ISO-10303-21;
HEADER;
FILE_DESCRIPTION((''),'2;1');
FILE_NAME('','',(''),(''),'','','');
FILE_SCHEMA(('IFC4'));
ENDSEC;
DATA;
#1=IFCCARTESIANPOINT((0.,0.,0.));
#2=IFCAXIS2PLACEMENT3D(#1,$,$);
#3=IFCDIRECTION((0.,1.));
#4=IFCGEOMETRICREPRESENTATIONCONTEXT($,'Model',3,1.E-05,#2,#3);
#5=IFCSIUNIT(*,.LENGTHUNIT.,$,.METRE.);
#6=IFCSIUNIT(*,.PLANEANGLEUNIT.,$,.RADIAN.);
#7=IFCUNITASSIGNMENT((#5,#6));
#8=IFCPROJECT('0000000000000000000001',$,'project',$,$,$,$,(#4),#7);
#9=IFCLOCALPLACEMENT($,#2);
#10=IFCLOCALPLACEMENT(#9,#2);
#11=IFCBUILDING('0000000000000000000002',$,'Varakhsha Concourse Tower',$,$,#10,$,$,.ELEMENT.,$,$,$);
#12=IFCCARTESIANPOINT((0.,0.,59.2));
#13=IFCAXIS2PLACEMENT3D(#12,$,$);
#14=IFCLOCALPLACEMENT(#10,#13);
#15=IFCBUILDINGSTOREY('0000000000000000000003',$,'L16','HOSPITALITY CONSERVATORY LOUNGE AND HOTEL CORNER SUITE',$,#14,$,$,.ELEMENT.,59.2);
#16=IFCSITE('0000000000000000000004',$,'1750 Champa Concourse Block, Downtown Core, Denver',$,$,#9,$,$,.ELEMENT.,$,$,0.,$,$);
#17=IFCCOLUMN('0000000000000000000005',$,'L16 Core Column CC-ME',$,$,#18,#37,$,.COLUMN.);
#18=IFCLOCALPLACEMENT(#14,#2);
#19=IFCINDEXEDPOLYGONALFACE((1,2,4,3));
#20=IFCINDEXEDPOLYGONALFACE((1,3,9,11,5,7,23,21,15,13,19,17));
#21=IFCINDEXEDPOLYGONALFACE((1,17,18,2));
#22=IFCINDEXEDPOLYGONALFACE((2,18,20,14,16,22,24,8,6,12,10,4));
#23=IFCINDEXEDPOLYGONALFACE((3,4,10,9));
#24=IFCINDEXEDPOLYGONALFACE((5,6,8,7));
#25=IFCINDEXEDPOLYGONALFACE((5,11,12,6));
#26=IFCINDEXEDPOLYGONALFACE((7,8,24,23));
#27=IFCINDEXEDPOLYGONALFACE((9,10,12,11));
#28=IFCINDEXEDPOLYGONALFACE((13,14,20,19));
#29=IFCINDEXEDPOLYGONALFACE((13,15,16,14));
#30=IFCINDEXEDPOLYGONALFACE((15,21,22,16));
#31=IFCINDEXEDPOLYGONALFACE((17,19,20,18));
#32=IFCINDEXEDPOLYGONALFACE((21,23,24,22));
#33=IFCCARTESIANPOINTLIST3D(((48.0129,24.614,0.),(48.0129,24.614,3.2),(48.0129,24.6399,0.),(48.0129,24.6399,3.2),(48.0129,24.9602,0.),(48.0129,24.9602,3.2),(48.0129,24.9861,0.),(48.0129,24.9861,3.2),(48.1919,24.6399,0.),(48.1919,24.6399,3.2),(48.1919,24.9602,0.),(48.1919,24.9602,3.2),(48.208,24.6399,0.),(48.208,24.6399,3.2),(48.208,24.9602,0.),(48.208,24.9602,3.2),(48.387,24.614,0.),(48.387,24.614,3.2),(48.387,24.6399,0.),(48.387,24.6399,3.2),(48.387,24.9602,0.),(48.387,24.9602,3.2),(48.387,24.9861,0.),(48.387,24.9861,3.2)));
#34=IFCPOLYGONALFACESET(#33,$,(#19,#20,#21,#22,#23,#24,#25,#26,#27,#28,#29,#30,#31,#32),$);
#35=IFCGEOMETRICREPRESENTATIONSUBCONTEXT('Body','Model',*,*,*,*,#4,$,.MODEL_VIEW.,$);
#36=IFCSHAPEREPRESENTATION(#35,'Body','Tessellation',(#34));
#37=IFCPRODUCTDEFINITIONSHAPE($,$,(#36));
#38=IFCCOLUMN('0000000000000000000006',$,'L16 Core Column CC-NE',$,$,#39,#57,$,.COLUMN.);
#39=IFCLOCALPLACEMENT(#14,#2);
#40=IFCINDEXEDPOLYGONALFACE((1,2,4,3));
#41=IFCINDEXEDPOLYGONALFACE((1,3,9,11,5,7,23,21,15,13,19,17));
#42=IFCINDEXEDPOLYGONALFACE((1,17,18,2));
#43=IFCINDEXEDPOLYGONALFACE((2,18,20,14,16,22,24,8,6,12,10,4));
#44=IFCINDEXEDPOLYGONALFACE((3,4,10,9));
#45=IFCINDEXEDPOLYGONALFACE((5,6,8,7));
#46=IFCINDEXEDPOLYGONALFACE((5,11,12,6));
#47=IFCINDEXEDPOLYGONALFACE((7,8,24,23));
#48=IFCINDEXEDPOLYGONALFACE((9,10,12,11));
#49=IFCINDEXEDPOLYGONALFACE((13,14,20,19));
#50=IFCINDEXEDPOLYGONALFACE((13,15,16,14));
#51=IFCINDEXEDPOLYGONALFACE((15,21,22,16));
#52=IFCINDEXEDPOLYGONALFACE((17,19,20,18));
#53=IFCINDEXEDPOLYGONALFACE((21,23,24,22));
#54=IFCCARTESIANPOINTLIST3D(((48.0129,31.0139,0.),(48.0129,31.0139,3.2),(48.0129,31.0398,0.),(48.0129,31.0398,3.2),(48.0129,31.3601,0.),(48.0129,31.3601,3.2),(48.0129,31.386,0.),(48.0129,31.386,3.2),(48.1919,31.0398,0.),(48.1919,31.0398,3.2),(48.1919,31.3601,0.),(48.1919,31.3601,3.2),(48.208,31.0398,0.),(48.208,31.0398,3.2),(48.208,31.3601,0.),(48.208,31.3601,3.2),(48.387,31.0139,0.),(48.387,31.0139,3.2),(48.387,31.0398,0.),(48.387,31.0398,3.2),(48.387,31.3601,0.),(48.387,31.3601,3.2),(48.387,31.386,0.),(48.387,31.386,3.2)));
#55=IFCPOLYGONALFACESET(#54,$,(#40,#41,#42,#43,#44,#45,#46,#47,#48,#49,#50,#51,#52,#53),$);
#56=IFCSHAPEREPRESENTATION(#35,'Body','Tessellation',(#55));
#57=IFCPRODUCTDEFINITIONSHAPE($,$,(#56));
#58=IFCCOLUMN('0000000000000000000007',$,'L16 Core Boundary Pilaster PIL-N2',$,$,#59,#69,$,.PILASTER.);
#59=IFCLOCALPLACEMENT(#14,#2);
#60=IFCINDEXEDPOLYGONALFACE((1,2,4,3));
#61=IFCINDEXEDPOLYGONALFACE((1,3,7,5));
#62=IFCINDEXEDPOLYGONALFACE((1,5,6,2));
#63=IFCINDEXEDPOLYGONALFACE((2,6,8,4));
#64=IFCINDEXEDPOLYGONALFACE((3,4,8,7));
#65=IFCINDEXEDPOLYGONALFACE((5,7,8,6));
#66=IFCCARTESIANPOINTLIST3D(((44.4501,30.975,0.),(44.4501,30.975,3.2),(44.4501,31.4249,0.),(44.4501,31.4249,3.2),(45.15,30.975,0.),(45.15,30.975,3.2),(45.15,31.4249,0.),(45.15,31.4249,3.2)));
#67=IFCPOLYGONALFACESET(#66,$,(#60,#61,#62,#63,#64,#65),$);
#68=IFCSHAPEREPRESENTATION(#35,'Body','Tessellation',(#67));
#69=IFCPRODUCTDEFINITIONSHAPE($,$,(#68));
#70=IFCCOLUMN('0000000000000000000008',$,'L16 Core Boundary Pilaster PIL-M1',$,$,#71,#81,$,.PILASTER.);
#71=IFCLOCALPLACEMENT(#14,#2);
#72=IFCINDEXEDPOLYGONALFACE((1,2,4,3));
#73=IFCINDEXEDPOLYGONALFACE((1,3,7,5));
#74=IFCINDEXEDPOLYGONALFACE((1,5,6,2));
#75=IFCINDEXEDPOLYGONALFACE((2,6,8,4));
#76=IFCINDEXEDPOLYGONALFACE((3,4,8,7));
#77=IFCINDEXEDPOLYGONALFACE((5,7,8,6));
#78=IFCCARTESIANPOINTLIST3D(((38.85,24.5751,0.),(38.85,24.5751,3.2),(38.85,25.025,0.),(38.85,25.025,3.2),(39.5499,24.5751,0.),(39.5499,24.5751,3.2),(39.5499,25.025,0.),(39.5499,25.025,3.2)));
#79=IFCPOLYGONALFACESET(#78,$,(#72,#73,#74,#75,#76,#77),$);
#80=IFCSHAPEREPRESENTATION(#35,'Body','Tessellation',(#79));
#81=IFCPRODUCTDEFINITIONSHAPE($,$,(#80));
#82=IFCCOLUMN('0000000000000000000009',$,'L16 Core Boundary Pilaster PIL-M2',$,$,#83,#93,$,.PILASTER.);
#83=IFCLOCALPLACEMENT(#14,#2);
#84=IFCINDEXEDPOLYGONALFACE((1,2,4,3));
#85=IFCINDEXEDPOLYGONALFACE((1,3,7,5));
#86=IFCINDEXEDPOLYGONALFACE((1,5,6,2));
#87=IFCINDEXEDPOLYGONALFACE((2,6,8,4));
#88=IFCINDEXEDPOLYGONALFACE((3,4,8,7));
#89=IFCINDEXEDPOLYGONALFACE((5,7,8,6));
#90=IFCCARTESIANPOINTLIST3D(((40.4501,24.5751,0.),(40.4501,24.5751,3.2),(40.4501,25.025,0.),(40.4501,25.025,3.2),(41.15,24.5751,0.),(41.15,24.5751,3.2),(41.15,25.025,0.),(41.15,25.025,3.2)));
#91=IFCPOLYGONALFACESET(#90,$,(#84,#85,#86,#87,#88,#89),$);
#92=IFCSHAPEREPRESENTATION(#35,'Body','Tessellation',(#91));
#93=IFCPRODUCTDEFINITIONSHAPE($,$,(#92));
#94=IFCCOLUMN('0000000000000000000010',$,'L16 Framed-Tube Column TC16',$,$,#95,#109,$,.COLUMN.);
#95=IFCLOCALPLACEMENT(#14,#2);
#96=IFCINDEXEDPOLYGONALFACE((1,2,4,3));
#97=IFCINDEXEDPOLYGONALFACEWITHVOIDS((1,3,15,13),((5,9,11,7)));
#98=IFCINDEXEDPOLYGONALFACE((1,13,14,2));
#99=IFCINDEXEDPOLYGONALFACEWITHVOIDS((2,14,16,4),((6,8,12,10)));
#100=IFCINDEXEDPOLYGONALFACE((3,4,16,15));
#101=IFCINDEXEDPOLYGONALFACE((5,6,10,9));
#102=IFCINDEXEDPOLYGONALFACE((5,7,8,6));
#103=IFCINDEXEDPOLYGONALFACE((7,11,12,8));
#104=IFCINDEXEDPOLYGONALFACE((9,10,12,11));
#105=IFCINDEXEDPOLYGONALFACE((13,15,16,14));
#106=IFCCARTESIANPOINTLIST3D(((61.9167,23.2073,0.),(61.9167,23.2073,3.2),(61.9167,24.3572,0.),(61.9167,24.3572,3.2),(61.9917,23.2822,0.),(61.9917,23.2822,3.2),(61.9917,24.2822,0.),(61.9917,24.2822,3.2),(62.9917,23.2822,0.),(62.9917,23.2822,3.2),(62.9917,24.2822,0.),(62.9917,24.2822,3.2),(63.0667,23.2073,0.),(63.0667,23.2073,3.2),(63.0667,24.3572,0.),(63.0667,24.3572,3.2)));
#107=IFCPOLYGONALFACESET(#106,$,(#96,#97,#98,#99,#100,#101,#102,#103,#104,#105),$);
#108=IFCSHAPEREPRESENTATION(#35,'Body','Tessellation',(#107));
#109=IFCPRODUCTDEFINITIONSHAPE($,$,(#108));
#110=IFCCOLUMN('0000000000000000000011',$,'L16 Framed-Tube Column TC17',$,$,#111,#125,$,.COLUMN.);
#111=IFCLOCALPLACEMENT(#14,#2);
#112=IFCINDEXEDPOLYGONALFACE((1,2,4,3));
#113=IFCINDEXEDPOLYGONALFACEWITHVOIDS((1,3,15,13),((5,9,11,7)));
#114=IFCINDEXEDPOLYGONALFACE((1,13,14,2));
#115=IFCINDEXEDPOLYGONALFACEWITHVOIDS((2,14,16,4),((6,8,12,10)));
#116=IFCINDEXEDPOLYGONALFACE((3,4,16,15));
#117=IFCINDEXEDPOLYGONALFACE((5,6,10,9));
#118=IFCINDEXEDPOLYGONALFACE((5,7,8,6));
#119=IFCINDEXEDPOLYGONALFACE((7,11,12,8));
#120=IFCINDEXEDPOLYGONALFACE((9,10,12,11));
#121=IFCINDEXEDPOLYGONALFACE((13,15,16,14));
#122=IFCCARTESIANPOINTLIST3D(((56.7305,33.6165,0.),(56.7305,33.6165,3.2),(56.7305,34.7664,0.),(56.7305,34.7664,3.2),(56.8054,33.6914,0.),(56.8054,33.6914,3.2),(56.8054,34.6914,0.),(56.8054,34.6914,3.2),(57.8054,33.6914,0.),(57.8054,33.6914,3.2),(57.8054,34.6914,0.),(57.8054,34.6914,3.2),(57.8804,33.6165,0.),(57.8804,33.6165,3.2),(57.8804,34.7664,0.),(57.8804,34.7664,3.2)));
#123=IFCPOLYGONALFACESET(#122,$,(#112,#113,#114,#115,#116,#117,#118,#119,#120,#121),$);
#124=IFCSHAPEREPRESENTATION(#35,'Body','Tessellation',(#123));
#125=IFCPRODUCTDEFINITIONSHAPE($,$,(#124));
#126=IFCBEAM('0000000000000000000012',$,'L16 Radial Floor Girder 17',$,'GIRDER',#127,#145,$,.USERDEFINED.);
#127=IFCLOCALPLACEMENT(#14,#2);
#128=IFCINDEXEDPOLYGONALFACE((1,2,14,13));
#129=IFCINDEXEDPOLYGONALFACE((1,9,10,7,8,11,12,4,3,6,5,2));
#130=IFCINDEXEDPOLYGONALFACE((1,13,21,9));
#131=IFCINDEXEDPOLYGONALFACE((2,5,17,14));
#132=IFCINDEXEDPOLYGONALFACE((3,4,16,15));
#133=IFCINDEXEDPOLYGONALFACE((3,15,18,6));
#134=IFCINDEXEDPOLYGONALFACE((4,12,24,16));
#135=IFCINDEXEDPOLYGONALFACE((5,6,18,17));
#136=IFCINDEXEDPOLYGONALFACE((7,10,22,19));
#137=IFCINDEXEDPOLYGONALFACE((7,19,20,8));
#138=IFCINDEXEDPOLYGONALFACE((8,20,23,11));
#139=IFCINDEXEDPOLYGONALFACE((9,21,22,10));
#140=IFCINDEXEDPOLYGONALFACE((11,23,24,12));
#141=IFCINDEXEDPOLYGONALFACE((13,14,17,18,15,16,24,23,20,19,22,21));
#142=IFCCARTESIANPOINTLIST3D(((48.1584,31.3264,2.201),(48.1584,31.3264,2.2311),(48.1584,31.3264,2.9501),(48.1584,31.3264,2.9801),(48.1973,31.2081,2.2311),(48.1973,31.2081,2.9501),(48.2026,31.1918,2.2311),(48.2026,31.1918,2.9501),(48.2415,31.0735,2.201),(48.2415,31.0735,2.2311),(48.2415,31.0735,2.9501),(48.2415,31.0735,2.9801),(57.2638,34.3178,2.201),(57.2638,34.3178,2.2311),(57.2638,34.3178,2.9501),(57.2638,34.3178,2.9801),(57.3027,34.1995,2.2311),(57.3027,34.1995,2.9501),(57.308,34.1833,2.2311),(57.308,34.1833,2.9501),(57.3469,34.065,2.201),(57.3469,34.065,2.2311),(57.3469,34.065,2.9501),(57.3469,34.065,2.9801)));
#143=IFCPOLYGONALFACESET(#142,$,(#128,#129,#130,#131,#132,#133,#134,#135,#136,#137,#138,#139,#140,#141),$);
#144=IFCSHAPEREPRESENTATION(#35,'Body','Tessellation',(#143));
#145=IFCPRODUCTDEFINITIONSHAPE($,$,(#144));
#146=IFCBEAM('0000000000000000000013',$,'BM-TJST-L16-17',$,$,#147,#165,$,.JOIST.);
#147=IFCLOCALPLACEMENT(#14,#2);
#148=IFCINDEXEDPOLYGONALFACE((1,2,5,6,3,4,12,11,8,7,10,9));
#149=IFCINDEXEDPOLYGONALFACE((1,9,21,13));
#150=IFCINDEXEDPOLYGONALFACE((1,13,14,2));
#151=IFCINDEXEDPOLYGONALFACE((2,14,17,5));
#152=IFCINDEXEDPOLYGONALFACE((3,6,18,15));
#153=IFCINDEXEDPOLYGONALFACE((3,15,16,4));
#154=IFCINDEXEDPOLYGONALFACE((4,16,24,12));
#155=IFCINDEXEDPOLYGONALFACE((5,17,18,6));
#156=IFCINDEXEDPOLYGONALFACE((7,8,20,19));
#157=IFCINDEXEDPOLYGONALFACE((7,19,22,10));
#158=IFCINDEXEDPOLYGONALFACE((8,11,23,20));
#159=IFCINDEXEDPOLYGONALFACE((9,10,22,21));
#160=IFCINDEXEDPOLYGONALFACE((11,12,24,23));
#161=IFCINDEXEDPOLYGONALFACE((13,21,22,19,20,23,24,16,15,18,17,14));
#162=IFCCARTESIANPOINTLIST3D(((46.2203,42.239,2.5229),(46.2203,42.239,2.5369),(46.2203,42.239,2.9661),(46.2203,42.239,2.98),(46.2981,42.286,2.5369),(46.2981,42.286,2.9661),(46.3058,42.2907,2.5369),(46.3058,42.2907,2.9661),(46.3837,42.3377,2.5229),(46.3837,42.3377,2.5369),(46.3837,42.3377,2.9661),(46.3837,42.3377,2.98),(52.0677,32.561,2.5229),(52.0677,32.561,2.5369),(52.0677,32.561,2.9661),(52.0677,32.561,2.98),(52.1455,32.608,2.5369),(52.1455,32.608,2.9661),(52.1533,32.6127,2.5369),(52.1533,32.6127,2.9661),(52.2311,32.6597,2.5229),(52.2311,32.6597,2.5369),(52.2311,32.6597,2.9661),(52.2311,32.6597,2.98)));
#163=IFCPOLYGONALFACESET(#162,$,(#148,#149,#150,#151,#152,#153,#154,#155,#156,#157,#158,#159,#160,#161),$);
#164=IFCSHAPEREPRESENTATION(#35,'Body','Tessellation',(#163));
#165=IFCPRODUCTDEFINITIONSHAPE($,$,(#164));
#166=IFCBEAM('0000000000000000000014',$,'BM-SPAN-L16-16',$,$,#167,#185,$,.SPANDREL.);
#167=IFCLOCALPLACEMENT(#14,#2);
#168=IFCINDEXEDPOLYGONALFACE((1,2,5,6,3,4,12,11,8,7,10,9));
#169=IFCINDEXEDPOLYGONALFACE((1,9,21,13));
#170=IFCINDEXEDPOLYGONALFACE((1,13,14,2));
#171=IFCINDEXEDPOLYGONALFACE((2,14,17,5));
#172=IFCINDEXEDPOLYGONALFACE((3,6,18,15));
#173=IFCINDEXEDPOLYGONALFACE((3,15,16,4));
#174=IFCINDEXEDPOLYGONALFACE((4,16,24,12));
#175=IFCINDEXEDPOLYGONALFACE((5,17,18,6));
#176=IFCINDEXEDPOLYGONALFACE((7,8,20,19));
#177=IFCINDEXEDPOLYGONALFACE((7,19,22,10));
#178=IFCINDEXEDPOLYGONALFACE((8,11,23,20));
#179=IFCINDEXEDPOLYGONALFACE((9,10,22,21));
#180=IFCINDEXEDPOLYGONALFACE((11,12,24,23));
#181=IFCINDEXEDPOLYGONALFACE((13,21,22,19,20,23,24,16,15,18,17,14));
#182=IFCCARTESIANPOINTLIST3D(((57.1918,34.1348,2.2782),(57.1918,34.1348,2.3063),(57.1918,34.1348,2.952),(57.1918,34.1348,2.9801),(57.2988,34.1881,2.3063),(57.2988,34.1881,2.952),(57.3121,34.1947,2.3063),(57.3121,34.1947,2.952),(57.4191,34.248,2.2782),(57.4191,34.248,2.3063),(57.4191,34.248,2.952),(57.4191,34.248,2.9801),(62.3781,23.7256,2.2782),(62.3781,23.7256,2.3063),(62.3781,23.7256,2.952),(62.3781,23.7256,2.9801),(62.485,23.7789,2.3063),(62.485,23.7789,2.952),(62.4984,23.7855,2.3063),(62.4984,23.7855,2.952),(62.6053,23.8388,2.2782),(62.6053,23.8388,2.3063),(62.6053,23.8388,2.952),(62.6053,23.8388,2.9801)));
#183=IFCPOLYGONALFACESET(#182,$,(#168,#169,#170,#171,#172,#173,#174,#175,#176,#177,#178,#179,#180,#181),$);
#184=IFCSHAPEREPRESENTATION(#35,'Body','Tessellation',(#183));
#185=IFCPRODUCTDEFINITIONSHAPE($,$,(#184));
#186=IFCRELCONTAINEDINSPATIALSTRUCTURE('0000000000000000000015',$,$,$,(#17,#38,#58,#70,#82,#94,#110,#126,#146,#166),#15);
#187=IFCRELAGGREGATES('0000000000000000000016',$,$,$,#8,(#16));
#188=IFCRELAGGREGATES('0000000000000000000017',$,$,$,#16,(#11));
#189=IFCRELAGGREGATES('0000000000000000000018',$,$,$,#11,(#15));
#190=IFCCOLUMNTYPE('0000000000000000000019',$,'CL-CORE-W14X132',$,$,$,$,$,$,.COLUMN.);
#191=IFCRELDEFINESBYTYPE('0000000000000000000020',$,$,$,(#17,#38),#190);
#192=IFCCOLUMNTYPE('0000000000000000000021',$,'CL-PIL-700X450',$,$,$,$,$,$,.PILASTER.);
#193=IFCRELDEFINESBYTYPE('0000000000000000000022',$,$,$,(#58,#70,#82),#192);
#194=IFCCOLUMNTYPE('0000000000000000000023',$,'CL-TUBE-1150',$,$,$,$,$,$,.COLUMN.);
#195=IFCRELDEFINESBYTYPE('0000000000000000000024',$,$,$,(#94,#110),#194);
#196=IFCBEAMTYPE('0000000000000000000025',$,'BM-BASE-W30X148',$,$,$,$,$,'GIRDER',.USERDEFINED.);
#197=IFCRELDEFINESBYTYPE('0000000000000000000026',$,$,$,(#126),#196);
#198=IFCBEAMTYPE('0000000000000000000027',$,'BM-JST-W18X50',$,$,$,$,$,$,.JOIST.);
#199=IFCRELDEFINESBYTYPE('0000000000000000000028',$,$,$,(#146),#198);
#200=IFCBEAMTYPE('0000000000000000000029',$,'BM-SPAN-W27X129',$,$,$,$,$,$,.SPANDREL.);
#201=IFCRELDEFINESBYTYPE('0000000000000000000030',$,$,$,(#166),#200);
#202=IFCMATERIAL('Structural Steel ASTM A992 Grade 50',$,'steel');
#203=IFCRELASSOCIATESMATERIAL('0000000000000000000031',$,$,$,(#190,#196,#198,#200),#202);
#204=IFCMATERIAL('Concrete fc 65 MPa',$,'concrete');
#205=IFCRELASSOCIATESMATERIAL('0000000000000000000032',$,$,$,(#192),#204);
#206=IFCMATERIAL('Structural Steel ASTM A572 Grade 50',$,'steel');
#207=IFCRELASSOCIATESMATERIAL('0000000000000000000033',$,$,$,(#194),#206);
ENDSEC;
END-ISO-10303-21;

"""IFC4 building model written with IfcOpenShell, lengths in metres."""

from ifc_helpers import new_model, si_unit, direction, frame, origin, origin_2d, place, context, subcontext, project, spatial, rectangle, hollow_rectangle, i_section, extrude, material, material_profile, profile_set, type_object, element, save


model = new_model("IFC4")

# Units and contexts
model_context = context("Model", 3, precision=1e-05, world=origin(), true_north=direction((0.0, 1.0)))
body_context = subcontext(model_context, "Body", "Model", "MODEL_VIEW")
ifc_project = project(units=[si_unit("LENGTHUNIT", "METRE"), si_unit("PLANEANGLEUNIT", "RADIAN")], contexts=[model_context])

# Site, building, storey
site_placement = place(None, origin())
site = spatial("IfcSite", under=ifc_project, at=site_placement, Name="1750 Champa Concourse Block, Downtown Core, Denver", CompositionType="ELEMENT", RefElevation=0.0)
building_placement = place(site_placement, origin())
building = spatial("IfcBuilding", under=site, at=building_placement, Name="Varakhsha Concourse Tower", CompositionType="ELEMENT")
storey_placement = place(building_placement, frame((0.0, 0.0, 59.2)))
storey = spatial("IfcBuildingStorey", under=building, at=storey_placement, Name="L16", Description="HOSPITALITY CONSERVATORY LOUNGE AND HOTEL CORNER SUITE", CompositionType="ELEMENT", Elevation=59.2)

# Columns
ifc_material_1 = material(Name="Structural Steel ASTM A992 Grade 50", Category="steel")
ifc_material_profile_1 = material_profile(ifc_material_1, i_section(OverallWidth=0.374, OverallDepth=0.3721, WebThickness=0.0161, FlangeThickness=0.0259, at=origin_2d()), Name="W14X132")
ifc_profile_set_1 = profile_set([ifc_material_profile_1], Name="Structural Steel ASTM A992 Grade 50")
column_type_1 = type_object("IfcColumnType", Name="CL-CORE-W14X132", PredefinedType="COLUMN", material=ifc_profile_set_1)
for number, where, z_axis, x_axis, name in (
    (1, (48.2, 24.8, 0.0), (0.0, 0.0, 1.0), (1.0, 0.0, 0.0), "L16 Core Column CC-ME"),
    (2, (48.2, 31.2, 0.0), (0.0, 0.0, 1.0), (1.0, 0.0, 0.0), "L16 Core Column CC-NE"),
):
    element("IfcColumn", number, at=place(storey_placement, frame(where, z_axis=z_axis, x_axis=x_axis)), inside=storey, type_object=column_type_1, Name=name, PredefinedType="COLUMN", context=body_context, shape_type="SweptSolid", body=[
        extrude(i_section(OverallWidth=0.374, OverallDepth=0.3721, WebThickness=0.0161, FlangeThickness=0.0259, at=origin_2d()), origin(), (0.0, 0.0, 1.0), 3.2),
    ])
ifc_material_2 = material(Name="Concrete fc 65 MPa", Category="concrete")
ifc_material_profile_2 = material_profile(ifc_material_2, rectangle(XDim=0.7, YDim=0.45, at=origin_2d()), Name="RC 700x450")
ifc_profile_set_2 = profile_set([ifc_material_profile_2], Name="Concrete fc 65 MPa")
column_type_2 = type_object("IfcColumnType", Name="CL-PIL-700X450", PredefinedType="PILASTER", material=ifc_profile_set_2)
for number, where, z_axis, x_axis, name in (
    (3, (44.8, 31.2, 0.0), (0.0, 0.0, 1.0), (1.0, 0.0, 0.0), "L16 Core Boundary Pilaster PIL-N2"),
    (4, (39.2, 24.8, 0.0), (0.0, 0.0, 1.0), (1.0, 0.0, 0.0), "L16 Core Boundary Pilaster PIL-M1"),
    (5, (40.8, 24.8, 0.0), (0.0, 0.0, 1.0), (1.0, 0.0, 0.0), "L16 Core Boundary Pilaster PIL-M2"),
):
    element("IfcColumn", number, at=place(storey_placement, frame(where, z_axis=z_axis, x_axis=x_axis)), inside=storey, type_object=column_type_2, Name=name, PredefinedType="PILASTER", context=body_context, shape_type="SweptSolid", body=[
        extrude(rectangle(XDim=0.7, YDim=0.45, at=origin_2d()), origin(), (0.0, 0.0, 1.0), 3.2),
    ])
ifc_material_3 = material(Name="Structural Steel ASTM A572 Grade 50", Category="steel")
ifc_material_profile_3 = material_profile(ifc_material_3, hollow_rectangle(XDim=1.1499, YDim=1.1499, WallThickness=0.075, at=origin_2d()), Name="BOX 1150x1150x75")
ifc_profile_set_3 = profile_set([ifc_material_profile_3], Name="Structural Steel ASTM A572 Grade 50")
column_type_3 = type_object("IfcColumnType", Name="CL-TUBE-1150", PredefinedType="COLUMN", material=ifc_profile_set_3)
for number, where, z_axis, x_axis, name in (
    (6, (62.4917, 23.7822, 0.0), (0.0, 0.0, 1.0), (1.0, 0.0, 0.0), "L16 Framed-Tube Column TC16"),
    (7, (57.3054, 34.1914, 0.0), (0.0, 0.0, 1.0), (1.0, 0.0, 0.0), "L16 Framed-Tube Column TC17"),
):
    element("IfcColumn", number, at=place(storey_placement, frame(where, z_axis=z_axis, x_axis=x_axis)), inside=storey, type_object=column_type_3, Name=name, PredefinedType="COLUMN", context=body_context, shape_type="SweptSolid", body=[
        extrude(hollow_rectangle(XDim=1.1499, YDim=1.1499, WallThickness=0.075, at=origin_2d()), origin(), (0.0, 0.0, 1.0), 3.2),
    ])

# Beams
ifc_material_profile_4 = material_profile(ifc_material_1, i_section(OverallWidth=0.2661, OverallDepth=0.7791, WebThickness=0.0171, FlangeThickness=0.03, at=origin_2d()), Name="W30X148")
ifc_profile_set_4 = profile_set([ifc_material_profile_4], Name="Structural Steel ASTM A992 Grade 50")
beam_type_1 = type_object("IfcBeamType", Name="BM-BASE-W30X148", ElementType="GIRDER", PredefinedType="USERDEFINED", material=ifc_profile_set_4)
beam_1_placement = place(storey_placement, frame((48.2, 31.2, 2.5906), z_axis=(0.950042, 0.312121, 0.0), x_axis=(-0.312121, 0.950042, 0.0)))
element("IfcBeam", 8, at=beam_1_placement, inside=storey, type_object=beam_type_1, Name="L16 Radial Floor Girder 17", ObjectType="GIRDER", PredefinedType="USERDEFINED", context=body_context, shape_type="SweptSolid", body=[
    extrude(i_section(OverallWidth=0.2661, OverallDepth=0.7791, WebThickness=0.0171, FlangeThickness=0.03, at=origin_2d()), origin(), (0.0, 0.0, 1.0), 9.5842),
])
ifc_material_profile_5 = material_profile(ifc_material_1, i_section(OverallWidth=0.1909, OverallDepth=0.457, WebThickness=0.009, FlangeThickness=0.0139, at=origin_2d()), Name="W18X50")
ifc_profile_set_5 = profile_set([ifc_material_profile_5], Name="Structural Steel ASTM A992 Grade 50")
beam_type_2 = type_object("IfcBeamType", Name="BM-JST-W18X50", PredefinedType="JOIST", material=ifc_profile_set_5)
beam_2_placement = place(storey_placement, frame((52.1494, 32.6104, 2.7515), z_axis=(-0.517135, 0.855904, 0.0), x_axis=(-0.855904, -0.517135, 0.0)))
element("IfcBeam", 9, at=beam_2_placement, inside=storey, type_object=beam_type_2, Name="BM-TJST-L16-17", PredefinedType="JOIST", context=body_context, shape_type="SweptSolid", body=[
    extrude(i_section(OverallWidth=0.1909, OverallDepth=0.457, WebThickness=0.009, FlangeThickness=0.0139, at=origin_2d()), origin(), (0.0, 0.0, 1.0), 11.3074),
])
ifc_material_profile_6 = material_profile(ifc_material_1, i_section(OverallWidth=0.2539, OverallDepth=0.7019, WebThickness=0.0149, FlangeThickness=0.0281, at=origin_2d()), Name="W27X129")
ifc_profile_set_6 = profile_set([ifc_material_profile_6], Name="Structural Steel ASTM A992 Grade 50")
beam_type_3 = type_object("IfcBeamType", Name="BM-SPAN-W27X129", PredefinedType="SPANDREL", material=ifc_profile_set_6)
for number, where, z_axis, x_axis, name in (
    (10, (62.4917, 23.7822, 2.6292), (-0.445954, 0.895056, 0.0), (-0.895056, -0.445954, 0.0), "BM-SPAN-L16-16"),
):
    element("IfcBeam", number, at=place(storey_placement, frame(where, z_axis=z_axis, x_axis=x_axis)), inside=storey, type_object=beam_type_3, Name=name, PredefinedType="SPANDREL", context=body_context, shape_type="SweptSolid", body=[
        extrude(i_section(OverallWidth=0.2539, OverallDepth=0.7019, WebThickness=0.0149, FlangeThickness=0.0281, at=origin_2d()), origin(), (0.0, 0.0, 1.0), 11.6296),
    ])

save(model, "model.ifc")
